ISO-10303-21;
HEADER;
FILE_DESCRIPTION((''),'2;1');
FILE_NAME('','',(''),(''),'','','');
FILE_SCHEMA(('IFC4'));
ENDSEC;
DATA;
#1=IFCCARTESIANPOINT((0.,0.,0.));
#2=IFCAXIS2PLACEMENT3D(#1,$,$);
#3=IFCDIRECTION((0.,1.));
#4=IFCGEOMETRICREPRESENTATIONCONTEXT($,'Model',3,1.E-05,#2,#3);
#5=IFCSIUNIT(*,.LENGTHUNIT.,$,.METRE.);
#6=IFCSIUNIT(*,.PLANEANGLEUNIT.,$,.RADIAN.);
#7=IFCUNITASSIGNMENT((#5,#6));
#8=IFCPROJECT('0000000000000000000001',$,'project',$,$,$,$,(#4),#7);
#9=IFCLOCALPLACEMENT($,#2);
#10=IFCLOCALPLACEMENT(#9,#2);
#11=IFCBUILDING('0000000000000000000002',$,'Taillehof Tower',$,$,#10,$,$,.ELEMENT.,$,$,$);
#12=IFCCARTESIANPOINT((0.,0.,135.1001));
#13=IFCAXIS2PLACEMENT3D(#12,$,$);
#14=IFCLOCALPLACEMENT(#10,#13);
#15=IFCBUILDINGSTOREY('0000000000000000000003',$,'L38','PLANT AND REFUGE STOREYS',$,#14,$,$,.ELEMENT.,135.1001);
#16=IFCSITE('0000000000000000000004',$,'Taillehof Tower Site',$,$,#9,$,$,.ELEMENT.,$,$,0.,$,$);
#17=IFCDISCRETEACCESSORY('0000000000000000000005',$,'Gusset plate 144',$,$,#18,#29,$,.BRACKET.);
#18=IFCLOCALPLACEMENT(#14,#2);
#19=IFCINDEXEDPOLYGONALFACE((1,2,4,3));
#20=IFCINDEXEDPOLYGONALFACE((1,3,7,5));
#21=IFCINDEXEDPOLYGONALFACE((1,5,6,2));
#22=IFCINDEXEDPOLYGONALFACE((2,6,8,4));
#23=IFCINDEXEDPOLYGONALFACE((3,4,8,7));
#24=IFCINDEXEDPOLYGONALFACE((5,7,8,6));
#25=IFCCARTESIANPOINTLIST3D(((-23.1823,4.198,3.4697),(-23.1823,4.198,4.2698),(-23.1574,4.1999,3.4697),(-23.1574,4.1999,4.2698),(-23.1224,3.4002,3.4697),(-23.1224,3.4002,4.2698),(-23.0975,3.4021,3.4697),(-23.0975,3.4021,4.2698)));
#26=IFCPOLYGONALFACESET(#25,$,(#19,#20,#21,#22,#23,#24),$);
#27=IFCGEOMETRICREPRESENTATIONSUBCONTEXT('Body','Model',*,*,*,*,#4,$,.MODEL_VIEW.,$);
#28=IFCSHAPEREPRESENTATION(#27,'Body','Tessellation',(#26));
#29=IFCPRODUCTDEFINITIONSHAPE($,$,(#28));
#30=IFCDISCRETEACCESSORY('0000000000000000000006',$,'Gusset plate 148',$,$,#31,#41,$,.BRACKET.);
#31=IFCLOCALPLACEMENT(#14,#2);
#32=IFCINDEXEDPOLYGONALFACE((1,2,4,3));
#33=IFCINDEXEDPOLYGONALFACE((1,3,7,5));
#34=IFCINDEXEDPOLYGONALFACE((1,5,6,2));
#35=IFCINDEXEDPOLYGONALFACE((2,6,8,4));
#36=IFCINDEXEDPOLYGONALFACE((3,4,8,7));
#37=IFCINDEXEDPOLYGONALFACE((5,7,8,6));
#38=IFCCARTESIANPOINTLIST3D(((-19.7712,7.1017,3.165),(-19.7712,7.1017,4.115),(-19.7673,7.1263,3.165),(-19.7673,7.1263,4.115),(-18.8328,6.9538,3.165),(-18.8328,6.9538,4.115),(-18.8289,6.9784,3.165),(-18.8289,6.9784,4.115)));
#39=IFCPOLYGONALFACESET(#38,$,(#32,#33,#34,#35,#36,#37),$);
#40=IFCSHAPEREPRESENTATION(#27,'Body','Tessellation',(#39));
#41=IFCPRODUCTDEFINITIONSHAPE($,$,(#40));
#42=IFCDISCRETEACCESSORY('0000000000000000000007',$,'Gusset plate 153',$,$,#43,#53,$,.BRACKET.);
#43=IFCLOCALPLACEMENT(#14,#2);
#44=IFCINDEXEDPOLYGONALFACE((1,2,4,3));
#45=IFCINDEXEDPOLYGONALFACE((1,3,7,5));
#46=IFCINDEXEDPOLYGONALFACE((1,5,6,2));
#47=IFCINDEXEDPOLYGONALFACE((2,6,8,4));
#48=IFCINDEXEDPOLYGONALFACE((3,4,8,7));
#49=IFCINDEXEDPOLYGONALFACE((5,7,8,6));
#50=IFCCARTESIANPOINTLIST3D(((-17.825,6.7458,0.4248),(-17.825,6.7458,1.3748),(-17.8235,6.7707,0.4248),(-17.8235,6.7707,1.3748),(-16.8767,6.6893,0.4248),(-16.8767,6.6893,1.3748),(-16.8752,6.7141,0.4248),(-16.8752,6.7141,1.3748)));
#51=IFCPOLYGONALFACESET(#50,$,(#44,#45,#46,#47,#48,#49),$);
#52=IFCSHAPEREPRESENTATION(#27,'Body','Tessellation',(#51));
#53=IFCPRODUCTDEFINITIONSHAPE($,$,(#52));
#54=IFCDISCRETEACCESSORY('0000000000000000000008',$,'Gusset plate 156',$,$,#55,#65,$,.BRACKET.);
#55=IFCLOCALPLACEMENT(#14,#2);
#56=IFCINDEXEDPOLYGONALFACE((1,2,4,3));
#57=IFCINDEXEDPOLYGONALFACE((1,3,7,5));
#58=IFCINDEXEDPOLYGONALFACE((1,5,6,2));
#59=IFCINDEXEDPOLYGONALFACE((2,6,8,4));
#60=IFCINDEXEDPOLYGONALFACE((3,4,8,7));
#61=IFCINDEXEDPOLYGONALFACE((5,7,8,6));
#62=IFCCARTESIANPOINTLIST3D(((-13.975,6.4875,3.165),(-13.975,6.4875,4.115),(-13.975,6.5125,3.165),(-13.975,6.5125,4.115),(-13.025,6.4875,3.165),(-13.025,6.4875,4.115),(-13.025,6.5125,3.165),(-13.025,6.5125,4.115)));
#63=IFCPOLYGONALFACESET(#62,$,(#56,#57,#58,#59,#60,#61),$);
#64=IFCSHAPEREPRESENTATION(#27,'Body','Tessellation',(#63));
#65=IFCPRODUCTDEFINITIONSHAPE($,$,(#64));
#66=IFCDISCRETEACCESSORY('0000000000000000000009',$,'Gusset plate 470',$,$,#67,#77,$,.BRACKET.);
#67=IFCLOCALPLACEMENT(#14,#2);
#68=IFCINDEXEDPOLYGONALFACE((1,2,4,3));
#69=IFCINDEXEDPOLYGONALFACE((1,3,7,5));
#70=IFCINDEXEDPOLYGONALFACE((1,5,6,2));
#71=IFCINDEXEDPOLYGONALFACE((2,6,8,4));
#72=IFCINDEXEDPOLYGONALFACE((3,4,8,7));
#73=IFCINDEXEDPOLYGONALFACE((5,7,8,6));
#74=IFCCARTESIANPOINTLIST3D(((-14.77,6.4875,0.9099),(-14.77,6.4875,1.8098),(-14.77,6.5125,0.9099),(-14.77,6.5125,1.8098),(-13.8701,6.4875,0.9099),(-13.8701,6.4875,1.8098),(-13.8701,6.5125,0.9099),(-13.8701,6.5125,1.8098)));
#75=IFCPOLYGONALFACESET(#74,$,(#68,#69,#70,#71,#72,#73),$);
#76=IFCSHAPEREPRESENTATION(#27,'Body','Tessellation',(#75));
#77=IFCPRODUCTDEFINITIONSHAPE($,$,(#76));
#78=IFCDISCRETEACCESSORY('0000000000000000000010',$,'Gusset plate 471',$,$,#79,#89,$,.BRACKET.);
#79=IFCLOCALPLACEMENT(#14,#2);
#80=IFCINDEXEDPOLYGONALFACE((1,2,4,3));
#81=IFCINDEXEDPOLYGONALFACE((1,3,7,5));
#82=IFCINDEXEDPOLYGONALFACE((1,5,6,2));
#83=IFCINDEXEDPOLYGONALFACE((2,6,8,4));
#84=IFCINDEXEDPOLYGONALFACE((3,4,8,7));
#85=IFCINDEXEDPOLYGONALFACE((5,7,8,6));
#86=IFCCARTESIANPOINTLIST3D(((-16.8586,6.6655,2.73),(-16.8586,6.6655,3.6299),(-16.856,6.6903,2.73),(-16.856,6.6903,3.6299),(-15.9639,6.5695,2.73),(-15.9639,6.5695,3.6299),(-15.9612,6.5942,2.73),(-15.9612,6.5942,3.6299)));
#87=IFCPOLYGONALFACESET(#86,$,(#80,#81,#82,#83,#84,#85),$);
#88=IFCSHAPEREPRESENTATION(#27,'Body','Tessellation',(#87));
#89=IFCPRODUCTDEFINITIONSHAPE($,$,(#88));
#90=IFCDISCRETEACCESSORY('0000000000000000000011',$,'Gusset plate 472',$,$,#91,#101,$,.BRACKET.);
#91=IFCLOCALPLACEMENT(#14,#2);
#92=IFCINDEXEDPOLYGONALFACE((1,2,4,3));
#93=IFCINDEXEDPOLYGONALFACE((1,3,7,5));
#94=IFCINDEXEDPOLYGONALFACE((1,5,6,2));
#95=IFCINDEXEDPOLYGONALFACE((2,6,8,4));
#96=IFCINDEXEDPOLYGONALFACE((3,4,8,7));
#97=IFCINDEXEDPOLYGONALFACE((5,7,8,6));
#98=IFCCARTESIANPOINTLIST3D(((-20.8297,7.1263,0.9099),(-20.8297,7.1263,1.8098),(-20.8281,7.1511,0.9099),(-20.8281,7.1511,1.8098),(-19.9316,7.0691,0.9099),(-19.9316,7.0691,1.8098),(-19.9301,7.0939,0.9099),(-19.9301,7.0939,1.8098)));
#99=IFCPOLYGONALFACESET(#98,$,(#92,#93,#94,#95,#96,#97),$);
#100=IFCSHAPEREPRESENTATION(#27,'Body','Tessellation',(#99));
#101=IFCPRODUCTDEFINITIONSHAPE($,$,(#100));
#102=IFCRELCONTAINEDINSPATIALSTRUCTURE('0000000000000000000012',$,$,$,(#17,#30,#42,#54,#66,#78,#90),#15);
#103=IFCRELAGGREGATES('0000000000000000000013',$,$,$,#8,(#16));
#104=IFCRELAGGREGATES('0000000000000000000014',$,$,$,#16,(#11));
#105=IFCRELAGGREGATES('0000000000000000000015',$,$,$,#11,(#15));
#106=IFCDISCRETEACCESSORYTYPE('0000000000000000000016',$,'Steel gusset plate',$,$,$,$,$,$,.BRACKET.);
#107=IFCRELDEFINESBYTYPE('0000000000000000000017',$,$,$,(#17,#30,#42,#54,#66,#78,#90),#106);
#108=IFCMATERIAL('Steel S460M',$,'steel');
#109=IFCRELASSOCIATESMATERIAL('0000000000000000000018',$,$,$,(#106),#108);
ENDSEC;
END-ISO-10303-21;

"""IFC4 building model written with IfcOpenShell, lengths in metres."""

from ifc_helpers import new_model, si_unit, direction, frame, origin, origin_2d, place, context, subcontext, project, spatial, rectangle, extrude, material, type_object, element, save


model = new_model("IFC4")

# Units and contexts
model_context = context("Model", 3, precision=1e-05, world=origin(), true_north=direction((0.0, 1.0)))
body_context = subcontext(model_context, "Body", "Model", "MODEL_VIEW")
ifc_project = project(units=[si_unit("LENGTHUNIT", "METRE"), si_unit("PLANEANGLEUNIT", "RADIAN")], contexts=[model_context])

# Site, building, storey
site_placement = place(None, origin())
site = spatial("IfcSite", under=ifc_project, at=site_placement, Name="Taillehof Tower Site", CompositionType="ELEMENT", RefElevation=0.0)
building_placement = place(site_placement, origin())
building = spatial("IfcBuilding", under=site, at=building_placement, Name="Taillehof Tower", CompositionType="ELEMENT")
storey_placement = place(building_placement, frame((0.0, 0.0, 135.1001)))
storey = spatial("IfcBuildingStorey", under=building, at=storey_placement, Name="L38", Description="PLANT AND REFUGE STOREYS", CompositionType="ELEMENT", Elevation=135.1001)

# Discrete accessories
ifc_material_1 = material(Name="Steel S460M", Category="steel")
discrete_accessory_type = type_object("IfcDiscreteAccessoryType", Name="Steel gusset plate", PredefinedType="BRACKET", material=ifc_material_1)
discrete_accessory_1_placement = place(storey_placement, frame((-23.1399, 3.8, 3.4697), z_axis=(0.0, 0.0, 1.0), x_axis=(0.07485, -0.997195, 0.0)))
element("IfcDiscreteAccessory", 1, at=discrete_accessory_1_placement, inside=storey, type_object=discrete_accessory_type, Name="Gusset plate 144", PredefinedType="BRACKET", context=body_context, shape_type="SweptSolid", body=[
    extrude(rectangle(XDim=0.8, YDim=0.0249, at=origin_2d()), origin(), (0.0, 0.0, 1.0), 0.8),
])
for number, where, z_axis, x_axis, name in (
    (2, (-19.3, 7.04, 3.165), (0.0, 0.0, 1.0), (-0.987808, 0.155679, 0.0), "Gusset plate 148"),
    (3, (-17.3501, 6.73, 0.4248), (0.0, 0.0, 1.0), (-0.998226, 0.059545, 0.0), "Gusset plate 153"),
    (4, (-13.5, 6.5, 3.165), (0.0, 0.0, 1.0), (-1.0, 0.0, 0.0), "Gusset plate 156"),
):
    element("IfcDiscreteAccessory", number, at=place(storey_placement, frame(where, z_axis=z_axis, x_axis=x_axis)), inside=storey, type_object=discrete_accessory_type, Name=name, PredefinedType="BRACKET", context=body_context, shape_type="SweptSolid", body=[
        extrude(rectangle(XDim=0.95, YDim=0.0249, at=origin_2d()), origin(), (0.0, 0.0, 1.0), 0.95),
    ])
for number, where, z_axis, x_axis, name in (
    (5, (-14.3201, 6.5, 0.9099), (0.0, 0.0, 1.0), (1.0, 0.0, 0.0), "Gusset plate 470"),
    (6, (-16.4099, 6.6299, 2.73), (0.0, 0.0, 1.0), (0.994286, -0.106748, 0.0), "Gusset plate 471"),
    (7, (-20.3799, 7.1101, 0.9099), (0.0, 0.0, 1.0), (0.997978, -0.063567, 0.0), "Gusset plate 472"),
):
    element("IfcDiscreteAccessory", number, at=place(storey_placement, frame(where, z_axis=z_axis, x_axis=x_axis)), inside=storey, type_object=discrete_accessory_type, Name=name, PredefinedType="BRACKET", context=body_context, shape_type="SweptSolid", body=[
        extrude(rectangle(XDim=0.8999, YDim=0.0249, at=origin_2d()), origin(), (0.0, 0.0, 1.0), 0.8999),
    ])

save(model, "model.ifc")
